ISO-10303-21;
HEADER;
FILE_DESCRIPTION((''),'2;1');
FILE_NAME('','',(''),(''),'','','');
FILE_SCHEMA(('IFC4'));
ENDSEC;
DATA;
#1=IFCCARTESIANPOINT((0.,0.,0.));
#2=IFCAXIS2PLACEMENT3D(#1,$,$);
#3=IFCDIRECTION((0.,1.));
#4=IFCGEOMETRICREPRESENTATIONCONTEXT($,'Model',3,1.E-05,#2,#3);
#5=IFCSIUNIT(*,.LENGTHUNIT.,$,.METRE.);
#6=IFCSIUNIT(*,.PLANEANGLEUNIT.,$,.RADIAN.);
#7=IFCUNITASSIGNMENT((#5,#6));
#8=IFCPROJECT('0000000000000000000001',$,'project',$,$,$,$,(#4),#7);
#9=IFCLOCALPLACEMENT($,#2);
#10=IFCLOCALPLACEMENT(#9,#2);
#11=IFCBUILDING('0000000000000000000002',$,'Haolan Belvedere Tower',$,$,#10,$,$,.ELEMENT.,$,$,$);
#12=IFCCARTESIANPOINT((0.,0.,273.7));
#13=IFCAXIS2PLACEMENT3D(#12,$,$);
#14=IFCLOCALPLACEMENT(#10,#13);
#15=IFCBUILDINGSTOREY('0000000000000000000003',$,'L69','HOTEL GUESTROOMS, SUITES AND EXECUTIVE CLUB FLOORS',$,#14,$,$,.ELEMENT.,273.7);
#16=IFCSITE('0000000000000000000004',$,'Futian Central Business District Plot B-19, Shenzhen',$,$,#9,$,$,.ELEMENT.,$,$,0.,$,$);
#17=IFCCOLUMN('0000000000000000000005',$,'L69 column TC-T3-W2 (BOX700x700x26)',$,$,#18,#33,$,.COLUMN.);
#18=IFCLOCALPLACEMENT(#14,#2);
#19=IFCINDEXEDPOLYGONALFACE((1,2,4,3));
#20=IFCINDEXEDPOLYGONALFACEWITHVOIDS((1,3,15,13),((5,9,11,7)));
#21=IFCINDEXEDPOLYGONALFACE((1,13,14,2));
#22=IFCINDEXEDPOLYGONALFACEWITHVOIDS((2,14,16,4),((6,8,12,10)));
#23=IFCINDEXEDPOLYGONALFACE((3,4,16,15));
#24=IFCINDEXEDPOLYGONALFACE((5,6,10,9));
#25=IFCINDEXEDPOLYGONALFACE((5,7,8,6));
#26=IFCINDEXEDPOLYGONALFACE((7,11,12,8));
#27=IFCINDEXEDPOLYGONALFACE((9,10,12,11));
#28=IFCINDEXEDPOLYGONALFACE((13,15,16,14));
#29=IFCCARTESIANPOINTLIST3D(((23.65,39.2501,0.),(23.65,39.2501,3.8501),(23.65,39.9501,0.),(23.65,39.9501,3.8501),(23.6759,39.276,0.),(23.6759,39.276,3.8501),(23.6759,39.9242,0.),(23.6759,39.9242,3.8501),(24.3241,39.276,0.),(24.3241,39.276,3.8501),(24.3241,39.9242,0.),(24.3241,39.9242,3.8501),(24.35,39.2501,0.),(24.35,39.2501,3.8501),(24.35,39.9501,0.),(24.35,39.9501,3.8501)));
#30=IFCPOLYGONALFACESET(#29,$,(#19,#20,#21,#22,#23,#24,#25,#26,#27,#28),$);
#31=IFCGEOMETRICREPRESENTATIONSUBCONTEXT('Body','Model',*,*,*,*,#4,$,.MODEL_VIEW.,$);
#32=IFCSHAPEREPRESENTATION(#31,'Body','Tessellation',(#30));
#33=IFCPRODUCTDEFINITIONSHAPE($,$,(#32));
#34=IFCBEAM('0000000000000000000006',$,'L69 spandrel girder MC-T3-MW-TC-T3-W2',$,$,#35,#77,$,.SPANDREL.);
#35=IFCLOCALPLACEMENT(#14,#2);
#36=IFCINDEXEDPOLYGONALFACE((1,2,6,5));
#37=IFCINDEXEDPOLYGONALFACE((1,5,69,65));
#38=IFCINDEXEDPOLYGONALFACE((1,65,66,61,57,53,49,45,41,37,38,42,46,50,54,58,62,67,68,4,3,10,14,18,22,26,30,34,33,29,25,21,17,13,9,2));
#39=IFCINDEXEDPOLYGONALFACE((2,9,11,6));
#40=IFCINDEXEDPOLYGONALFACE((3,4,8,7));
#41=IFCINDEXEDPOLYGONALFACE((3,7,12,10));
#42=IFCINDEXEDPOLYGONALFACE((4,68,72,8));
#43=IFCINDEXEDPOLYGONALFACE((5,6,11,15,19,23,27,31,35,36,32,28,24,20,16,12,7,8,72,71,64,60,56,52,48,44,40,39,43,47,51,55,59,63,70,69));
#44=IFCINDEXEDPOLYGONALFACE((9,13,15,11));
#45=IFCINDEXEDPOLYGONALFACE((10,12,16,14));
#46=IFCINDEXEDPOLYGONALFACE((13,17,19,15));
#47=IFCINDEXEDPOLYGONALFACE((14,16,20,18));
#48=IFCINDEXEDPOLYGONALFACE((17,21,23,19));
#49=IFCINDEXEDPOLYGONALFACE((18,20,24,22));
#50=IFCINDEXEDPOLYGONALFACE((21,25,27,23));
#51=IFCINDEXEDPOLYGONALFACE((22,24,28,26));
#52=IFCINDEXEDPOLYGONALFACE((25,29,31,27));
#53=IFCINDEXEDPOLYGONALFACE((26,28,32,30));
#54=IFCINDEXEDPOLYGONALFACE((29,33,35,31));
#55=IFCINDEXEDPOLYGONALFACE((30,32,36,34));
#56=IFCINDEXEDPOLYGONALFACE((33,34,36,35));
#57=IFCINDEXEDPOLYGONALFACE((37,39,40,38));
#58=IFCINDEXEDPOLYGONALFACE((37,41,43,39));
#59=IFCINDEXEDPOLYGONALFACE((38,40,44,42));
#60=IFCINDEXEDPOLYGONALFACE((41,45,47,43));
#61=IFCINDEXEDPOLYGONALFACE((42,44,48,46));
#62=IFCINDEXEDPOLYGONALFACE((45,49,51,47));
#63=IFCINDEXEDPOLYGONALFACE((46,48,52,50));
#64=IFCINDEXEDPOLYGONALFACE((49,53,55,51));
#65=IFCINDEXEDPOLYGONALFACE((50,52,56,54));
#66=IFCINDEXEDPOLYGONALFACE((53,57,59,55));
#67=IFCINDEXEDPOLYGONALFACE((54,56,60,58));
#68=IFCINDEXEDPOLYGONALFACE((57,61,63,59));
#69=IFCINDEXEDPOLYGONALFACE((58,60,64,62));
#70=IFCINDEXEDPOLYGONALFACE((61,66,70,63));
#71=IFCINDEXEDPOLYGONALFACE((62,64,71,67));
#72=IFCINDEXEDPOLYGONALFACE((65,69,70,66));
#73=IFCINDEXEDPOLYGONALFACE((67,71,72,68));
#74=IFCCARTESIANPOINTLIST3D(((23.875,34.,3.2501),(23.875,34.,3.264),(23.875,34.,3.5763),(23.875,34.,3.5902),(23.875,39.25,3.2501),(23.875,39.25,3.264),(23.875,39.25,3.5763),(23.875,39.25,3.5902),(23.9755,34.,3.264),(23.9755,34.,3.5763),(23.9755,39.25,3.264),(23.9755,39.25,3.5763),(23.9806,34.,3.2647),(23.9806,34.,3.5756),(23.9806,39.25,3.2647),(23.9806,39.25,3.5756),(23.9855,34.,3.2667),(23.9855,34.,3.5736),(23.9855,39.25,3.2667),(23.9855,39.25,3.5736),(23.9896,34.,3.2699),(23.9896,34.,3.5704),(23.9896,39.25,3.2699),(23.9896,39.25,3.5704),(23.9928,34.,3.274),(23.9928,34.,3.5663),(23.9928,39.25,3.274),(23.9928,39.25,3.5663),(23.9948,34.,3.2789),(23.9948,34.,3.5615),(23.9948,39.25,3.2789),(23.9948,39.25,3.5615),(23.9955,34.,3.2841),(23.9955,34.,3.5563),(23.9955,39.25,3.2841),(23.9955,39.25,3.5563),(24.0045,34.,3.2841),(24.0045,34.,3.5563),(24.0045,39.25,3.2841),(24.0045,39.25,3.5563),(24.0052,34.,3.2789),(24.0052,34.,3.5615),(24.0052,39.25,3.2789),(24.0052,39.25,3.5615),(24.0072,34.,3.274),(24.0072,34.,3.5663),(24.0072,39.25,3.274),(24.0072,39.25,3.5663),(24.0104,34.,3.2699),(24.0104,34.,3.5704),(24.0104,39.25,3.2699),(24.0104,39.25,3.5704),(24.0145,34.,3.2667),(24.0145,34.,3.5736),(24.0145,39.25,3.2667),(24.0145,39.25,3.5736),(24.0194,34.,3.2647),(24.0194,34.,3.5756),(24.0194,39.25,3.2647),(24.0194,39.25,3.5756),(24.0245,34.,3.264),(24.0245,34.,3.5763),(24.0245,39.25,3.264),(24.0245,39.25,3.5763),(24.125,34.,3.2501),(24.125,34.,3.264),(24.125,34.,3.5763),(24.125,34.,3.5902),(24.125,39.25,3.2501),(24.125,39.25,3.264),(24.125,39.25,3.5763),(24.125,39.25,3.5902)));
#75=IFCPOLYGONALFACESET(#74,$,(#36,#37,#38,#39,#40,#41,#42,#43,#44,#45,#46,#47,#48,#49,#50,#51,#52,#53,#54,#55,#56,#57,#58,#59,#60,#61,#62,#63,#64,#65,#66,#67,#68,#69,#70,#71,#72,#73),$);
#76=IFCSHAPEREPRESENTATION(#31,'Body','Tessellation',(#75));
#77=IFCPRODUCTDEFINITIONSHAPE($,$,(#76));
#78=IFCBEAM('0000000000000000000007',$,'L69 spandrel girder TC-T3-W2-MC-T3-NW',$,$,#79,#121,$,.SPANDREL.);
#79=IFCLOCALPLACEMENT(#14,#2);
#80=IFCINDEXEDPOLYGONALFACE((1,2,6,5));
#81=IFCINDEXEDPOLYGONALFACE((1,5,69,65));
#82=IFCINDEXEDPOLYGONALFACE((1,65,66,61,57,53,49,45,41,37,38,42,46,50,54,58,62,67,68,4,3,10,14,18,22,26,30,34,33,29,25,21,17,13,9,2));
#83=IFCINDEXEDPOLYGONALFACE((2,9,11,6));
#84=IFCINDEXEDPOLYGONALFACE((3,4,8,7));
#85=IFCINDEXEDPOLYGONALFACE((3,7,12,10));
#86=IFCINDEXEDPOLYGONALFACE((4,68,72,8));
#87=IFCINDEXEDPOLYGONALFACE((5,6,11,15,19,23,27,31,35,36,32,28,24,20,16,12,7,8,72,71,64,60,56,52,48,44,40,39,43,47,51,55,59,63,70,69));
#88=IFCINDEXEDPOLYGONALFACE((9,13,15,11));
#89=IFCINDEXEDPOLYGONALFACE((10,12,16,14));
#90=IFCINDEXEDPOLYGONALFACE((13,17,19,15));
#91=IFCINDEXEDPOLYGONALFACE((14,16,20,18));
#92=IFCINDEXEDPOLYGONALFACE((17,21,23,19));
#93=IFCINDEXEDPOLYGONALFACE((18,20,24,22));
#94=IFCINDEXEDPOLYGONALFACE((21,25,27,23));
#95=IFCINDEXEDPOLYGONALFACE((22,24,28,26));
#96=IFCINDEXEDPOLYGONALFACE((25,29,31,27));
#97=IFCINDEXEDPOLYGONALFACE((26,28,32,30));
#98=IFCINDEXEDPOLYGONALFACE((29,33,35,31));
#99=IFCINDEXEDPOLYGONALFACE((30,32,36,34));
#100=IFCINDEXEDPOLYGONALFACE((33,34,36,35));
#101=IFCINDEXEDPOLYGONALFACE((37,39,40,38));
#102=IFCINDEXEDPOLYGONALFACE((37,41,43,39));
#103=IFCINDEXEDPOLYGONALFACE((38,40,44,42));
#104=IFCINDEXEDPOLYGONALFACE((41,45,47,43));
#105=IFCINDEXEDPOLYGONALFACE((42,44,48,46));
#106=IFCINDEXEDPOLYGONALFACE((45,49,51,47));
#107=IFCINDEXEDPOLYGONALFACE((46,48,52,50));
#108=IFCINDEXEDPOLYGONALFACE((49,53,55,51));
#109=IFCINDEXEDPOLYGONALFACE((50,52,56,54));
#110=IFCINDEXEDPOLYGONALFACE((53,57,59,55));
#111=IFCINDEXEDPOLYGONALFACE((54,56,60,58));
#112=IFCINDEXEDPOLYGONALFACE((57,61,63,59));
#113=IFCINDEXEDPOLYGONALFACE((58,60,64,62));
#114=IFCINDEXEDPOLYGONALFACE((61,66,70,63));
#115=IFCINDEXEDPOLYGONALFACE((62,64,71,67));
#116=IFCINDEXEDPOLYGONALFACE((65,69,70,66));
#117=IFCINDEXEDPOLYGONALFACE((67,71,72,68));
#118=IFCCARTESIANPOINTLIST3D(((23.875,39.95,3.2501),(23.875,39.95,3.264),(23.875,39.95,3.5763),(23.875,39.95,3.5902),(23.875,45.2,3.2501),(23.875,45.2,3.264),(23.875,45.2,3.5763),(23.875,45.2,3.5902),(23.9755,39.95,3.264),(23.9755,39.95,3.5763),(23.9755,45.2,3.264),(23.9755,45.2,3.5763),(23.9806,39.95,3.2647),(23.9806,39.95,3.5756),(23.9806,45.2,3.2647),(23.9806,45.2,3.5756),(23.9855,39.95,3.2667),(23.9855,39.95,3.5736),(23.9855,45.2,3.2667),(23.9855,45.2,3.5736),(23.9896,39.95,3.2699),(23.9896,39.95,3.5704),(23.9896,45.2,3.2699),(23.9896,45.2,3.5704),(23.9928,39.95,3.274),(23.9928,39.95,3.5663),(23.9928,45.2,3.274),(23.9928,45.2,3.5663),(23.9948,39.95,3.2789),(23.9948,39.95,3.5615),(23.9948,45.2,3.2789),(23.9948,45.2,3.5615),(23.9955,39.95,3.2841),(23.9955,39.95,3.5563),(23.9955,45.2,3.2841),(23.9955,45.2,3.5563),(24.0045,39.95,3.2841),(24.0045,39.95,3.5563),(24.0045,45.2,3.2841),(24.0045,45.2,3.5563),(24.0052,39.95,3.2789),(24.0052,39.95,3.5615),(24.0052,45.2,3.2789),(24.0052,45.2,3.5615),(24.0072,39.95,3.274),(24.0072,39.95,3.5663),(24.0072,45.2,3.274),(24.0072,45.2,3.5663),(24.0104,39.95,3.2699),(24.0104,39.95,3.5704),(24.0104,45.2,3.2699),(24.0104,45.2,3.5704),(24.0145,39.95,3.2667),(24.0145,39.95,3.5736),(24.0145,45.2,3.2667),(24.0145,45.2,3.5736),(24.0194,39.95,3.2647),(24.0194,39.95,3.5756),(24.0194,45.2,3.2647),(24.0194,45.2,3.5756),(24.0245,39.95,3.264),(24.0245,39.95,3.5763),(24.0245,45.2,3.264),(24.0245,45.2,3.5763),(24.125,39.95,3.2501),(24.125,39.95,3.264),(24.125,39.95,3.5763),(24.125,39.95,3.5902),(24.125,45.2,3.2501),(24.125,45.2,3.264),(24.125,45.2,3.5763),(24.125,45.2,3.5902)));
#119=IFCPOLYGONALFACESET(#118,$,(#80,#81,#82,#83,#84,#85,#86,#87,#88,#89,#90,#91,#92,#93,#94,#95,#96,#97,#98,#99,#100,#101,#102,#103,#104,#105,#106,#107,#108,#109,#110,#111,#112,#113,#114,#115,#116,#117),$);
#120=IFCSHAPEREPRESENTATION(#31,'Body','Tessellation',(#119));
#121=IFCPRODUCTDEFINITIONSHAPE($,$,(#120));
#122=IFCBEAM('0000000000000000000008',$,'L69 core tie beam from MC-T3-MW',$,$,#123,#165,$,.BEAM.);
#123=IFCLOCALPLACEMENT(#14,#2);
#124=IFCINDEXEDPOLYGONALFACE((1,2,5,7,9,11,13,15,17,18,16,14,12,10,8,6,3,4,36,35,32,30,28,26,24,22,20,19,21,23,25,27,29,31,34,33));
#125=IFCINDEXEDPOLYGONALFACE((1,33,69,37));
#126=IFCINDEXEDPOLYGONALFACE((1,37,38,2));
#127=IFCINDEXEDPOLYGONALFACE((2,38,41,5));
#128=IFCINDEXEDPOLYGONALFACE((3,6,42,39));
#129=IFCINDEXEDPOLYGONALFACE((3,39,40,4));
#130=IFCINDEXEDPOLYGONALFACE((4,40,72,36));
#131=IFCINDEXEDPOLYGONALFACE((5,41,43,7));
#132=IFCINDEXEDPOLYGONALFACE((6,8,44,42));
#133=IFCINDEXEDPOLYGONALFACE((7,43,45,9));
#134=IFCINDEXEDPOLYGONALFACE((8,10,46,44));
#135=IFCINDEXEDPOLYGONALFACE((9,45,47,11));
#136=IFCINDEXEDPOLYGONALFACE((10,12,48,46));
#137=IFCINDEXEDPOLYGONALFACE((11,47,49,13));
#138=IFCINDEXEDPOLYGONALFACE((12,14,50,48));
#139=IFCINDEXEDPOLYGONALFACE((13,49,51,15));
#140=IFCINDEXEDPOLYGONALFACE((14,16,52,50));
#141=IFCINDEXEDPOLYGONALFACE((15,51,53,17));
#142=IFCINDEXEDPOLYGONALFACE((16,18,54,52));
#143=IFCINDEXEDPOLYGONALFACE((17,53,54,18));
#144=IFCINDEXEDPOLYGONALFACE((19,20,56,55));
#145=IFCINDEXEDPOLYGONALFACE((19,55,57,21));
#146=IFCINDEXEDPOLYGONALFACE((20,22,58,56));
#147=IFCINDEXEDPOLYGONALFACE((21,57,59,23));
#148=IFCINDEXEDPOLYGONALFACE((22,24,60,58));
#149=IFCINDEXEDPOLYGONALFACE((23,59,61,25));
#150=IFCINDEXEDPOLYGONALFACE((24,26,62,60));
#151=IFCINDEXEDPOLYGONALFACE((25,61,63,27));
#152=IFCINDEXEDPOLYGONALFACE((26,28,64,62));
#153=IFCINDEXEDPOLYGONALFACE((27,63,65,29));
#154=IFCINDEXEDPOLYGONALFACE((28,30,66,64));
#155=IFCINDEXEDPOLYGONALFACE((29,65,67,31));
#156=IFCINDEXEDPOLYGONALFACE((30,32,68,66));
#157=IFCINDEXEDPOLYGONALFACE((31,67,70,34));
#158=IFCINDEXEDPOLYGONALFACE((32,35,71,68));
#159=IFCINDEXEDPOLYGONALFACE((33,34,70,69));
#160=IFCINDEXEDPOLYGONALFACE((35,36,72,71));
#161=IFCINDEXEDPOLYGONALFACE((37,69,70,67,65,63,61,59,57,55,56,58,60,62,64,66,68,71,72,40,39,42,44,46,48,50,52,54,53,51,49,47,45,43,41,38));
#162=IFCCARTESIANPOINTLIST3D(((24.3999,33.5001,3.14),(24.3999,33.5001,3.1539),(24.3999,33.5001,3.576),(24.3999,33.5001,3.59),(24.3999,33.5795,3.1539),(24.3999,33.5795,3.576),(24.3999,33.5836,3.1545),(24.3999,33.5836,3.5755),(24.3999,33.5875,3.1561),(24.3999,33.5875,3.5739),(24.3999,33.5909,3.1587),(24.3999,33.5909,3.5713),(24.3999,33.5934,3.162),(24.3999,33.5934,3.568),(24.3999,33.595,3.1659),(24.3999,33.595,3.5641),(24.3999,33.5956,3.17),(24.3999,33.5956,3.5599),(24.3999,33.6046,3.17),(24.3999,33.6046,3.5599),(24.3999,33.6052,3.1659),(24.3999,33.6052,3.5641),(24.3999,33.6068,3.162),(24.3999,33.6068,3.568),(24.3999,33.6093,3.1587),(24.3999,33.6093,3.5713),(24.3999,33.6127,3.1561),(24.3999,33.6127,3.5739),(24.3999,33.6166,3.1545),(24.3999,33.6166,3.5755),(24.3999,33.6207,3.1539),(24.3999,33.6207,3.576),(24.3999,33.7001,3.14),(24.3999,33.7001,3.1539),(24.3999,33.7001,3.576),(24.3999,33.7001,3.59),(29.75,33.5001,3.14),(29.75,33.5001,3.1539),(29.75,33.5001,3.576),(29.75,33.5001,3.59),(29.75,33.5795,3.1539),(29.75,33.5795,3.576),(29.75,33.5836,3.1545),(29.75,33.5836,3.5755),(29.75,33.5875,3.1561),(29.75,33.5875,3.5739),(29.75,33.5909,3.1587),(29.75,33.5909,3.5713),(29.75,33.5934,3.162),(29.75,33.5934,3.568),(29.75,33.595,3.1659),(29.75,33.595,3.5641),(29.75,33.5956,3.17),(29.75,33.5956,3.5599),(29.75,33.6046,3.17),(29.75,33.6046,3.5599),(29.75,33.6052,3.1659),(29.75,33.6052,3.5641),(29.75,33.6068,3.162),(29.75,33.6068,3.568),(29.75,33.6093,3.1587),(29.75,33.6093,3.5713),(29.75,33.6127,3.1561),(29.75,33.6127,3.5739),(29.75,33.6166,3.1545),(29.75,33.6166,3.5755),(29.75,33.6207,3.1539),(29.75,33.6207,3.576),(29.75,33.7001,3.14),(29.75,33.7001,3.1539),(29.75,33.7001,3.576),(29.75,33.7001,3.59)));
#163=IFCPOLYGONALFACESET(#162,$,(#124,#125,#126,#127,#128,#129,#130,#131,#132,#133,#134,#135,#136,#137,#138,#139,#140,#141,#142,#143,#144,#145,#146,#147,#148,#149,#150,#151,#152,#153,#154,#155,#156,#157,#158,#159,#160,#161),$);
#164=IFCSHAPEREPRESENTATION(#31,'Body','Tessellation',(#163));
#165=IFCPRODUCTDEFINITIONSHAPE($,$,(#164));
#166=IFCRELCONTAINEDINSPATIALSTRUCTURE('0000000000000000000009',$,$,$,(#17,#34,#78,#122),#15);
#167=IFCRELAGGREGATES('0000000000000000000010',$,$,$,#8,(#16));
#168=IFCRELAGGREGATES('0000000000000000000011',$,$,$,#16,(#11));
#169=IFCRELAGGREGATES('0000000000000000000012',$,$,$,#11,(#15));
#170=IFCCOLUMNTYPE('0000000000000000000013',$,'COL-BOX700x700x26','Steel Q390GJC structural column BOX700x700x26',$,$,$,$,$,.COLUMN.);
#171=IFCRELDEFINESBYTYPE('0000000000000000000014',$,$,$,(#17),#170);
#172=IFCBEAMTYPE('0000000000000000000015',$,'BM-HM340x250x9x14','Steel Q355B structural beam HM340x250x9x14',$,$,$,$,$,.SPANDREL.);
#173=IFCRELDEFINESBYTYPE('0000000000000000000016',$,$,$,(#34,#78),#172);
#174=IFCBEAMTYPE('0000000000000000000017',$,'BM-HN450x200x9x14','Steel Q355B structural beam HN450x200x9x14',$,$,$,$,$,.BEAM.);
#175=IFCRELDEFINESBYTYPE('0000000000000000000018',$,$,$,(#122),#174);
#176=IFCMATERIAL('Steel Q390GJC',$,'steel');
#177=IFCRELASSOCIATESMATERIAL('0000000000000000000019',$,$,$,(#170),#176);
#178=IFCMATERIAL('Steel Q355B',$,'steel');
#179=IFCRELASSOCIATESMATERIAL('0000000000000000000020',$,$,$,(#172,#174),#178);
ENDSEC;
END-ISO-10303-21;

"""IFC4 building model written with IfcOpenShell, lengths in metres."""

from ifc_helpers import new_model, si_unit, direction, frame, origin, origin_2d, place, context, subcontext, project, spatial, hollow_rectangle, i_section, extrude, material, material_profile, profile_set, type_object, element, save


model = new_model("IFC4")

# Units and contexts
model_context = context("Model", 3, precision=1e-05, world=origin(), true_north=direction((0.0, 1.0)))
body_context = subcontext(model_context, "Body", "Model", "MODEL_VIEW")
ifc_project = project(units=[si_unit("LENGTHUNIT", "METRE"), si_unit("PLANEANGLEUNIT", "RADIAN")], contexts=[model_context])

# Site, building, storey
site_placement = place(None, origin())
site = spatial("IfcSite", under=ifc_project, at=site_placement, Name="Futian Central Business District Plot B-19, Shenzhen", CompositionType="ELEMENT", RefElevation=0.0)
building_placement = place(site_placement, origin())
building = spatial("IfcBuilding", under=site, at=building_placement, Name="Haolan Belvedere Tower", CompositionType="ELEMENT")
storey_placement = place(building_placement, frame((0.0, 0.0, 273.7)))
storey = spatial("IfcBuildingStorey", under=building, at=storey_placement, Name="L69", Description="HOTEL GUESTROOMS, SUITES AND EXECUTIVE CLUB FLOORS", CompositionType="ELEMENT", Elevation=273.7)

# Column
ifc_material_1 = material(Name="Steel Q390GJC", Category="steel")
ifc_material_profile_1 = material_profile(ifc_material_1, hollow_rectangle(XDim=0.7, YDim=0.7, WallThickness=0.0259, at=origin_2d()), Name="Steel Q390GJC")
ifc_profile_set_1 = profile_set([ifc_material_profile_1], Name="Steel Q390GJC")
column_type = type_object("IfcColumnType", Name="COL-BOX700x700x26", Description="Steel Q390GJC structural column BOX700x700x26", PredefinedType="COLUMN", material=ifc_profile_set_1)
column_placement = place(storey_placement, frame((24.0, 39.6001, 0.0), z_axis=(0.0, 0.0, 1.0), x_axis=(1.0, 0.0, 0.0)))
element("IfcColumn", 1, at=column_placement, inside=storey, type_object=column_type, Name="L69 column TC-T3-W2 (BOX700x700x26)", PredefinedType="COLUMN", context=body_context, shape_type="SweptSolid", body=[
    extrude(hollow_rectangle(XDim=0.7, YDim=0.7, WallThickness=0.0259, at=origin_2d()), origin(), (0.0, 0.0, 1.0), 3.8501),
])

# Beams
ifc_material_2 = material(Name="Steel Q355B", Category="steel")
ifc_material_profile_2 = material_profile(ifc_material_2, i_section(OverallWidth=0.25, OverallDepth=0.3401, WebThickness=0.009, FlangeThickness=0.0139, FilletRadius=0.02, at=origin_2d()), Name="Steel Q355B")
ifc_profile_set_2 = profile_set([ifc_material_profile_2], Name="Steel Q355B")
beam_type_1 = type_object("IfcBeamType", Name="BM-HM340x250x9x14", Description="Steel Q355B structural beam HM340x250x9x14", PredefinedType="SPANDREL", material=ifc_profile_set_2)
for number, where, z_axis, x_axis, name in (
    (2, (24.0, 34.0, 3.4202), (0.0, 1.0, 0.0), (-1.0, 0.0, 0.0), "L69 spandrel girder MC-T3-MW-TC-T3-W2"),
    (3, (24.0, 39.95, 3.4202), (0.0, 1.0, 0.0), (-1.0, 0.0, 0.0), "L69 spandrel girder TC-T3-W2-MC-T3-NW"),
):
    element("IfcBeam", number, at=place(storey_placement, frame(where, z_axis=z_axis, x_axis=x_axis)), inside=storey, type_object=beam_type_1, Name=name, PredefinedType="SPANDREL", context=body_context, shape_type="SweptSolid", body=[
        extrude(i_section(OverallWidth=0.25, OverallDepth=0.3401, WebThickness=0.009, FlangeThickness=0.0139, FilletRadius=0.02, at=origin_2d()), origin(), (0.0, 0.0, 1.0), 5.25),
    ])
ifc_material_profile_3 = material_profile(ifc_material_2, i_section(OverallWidth=0.2, OverallDepth=0.45, WebThickness=0.009, FlangeThickness=0.0139, FilletRadius=0.0161, at=origin_2d()), Name="Steel Q355B")
ifc_profile_set_3 = profile_set([ifc_material_profile_3], Name="Steel Q355B")
beam_type_2 = type_object("IfcBeamType", Name="BM-HN450x200x9x14", Description="Steel Q355B structural beam HN450x200x9x14", PredefinedType="BEAM", material=ifc_profile_set_3)
beam_1_placement = place(storey_placement, frame((24.3999, 33.6001, 3.365), z_axis=(1.0, 0.0, 0.0), x_axis=(0.0, 1.0, 0.0)))
element("IfcBeam", 4, at=beam_1_placement, inside=storey, type_object=beam_type_2, Name="L69 core tie beam from MC-T3-MW", PredefinedType="BEAM", context=body_context, shape_type="SweptSolid", body=[
    extrude(i_section(OverallWidth=0.2, OverallDepth=0.45, WebThickness=0.009, FlangeThickness=0.0139, FilletRadius=0.0161, at=origin_2d()), origin(), (0.0, 0.0, 1.0), 5.3501),
])

save(model, "model.ifc")
